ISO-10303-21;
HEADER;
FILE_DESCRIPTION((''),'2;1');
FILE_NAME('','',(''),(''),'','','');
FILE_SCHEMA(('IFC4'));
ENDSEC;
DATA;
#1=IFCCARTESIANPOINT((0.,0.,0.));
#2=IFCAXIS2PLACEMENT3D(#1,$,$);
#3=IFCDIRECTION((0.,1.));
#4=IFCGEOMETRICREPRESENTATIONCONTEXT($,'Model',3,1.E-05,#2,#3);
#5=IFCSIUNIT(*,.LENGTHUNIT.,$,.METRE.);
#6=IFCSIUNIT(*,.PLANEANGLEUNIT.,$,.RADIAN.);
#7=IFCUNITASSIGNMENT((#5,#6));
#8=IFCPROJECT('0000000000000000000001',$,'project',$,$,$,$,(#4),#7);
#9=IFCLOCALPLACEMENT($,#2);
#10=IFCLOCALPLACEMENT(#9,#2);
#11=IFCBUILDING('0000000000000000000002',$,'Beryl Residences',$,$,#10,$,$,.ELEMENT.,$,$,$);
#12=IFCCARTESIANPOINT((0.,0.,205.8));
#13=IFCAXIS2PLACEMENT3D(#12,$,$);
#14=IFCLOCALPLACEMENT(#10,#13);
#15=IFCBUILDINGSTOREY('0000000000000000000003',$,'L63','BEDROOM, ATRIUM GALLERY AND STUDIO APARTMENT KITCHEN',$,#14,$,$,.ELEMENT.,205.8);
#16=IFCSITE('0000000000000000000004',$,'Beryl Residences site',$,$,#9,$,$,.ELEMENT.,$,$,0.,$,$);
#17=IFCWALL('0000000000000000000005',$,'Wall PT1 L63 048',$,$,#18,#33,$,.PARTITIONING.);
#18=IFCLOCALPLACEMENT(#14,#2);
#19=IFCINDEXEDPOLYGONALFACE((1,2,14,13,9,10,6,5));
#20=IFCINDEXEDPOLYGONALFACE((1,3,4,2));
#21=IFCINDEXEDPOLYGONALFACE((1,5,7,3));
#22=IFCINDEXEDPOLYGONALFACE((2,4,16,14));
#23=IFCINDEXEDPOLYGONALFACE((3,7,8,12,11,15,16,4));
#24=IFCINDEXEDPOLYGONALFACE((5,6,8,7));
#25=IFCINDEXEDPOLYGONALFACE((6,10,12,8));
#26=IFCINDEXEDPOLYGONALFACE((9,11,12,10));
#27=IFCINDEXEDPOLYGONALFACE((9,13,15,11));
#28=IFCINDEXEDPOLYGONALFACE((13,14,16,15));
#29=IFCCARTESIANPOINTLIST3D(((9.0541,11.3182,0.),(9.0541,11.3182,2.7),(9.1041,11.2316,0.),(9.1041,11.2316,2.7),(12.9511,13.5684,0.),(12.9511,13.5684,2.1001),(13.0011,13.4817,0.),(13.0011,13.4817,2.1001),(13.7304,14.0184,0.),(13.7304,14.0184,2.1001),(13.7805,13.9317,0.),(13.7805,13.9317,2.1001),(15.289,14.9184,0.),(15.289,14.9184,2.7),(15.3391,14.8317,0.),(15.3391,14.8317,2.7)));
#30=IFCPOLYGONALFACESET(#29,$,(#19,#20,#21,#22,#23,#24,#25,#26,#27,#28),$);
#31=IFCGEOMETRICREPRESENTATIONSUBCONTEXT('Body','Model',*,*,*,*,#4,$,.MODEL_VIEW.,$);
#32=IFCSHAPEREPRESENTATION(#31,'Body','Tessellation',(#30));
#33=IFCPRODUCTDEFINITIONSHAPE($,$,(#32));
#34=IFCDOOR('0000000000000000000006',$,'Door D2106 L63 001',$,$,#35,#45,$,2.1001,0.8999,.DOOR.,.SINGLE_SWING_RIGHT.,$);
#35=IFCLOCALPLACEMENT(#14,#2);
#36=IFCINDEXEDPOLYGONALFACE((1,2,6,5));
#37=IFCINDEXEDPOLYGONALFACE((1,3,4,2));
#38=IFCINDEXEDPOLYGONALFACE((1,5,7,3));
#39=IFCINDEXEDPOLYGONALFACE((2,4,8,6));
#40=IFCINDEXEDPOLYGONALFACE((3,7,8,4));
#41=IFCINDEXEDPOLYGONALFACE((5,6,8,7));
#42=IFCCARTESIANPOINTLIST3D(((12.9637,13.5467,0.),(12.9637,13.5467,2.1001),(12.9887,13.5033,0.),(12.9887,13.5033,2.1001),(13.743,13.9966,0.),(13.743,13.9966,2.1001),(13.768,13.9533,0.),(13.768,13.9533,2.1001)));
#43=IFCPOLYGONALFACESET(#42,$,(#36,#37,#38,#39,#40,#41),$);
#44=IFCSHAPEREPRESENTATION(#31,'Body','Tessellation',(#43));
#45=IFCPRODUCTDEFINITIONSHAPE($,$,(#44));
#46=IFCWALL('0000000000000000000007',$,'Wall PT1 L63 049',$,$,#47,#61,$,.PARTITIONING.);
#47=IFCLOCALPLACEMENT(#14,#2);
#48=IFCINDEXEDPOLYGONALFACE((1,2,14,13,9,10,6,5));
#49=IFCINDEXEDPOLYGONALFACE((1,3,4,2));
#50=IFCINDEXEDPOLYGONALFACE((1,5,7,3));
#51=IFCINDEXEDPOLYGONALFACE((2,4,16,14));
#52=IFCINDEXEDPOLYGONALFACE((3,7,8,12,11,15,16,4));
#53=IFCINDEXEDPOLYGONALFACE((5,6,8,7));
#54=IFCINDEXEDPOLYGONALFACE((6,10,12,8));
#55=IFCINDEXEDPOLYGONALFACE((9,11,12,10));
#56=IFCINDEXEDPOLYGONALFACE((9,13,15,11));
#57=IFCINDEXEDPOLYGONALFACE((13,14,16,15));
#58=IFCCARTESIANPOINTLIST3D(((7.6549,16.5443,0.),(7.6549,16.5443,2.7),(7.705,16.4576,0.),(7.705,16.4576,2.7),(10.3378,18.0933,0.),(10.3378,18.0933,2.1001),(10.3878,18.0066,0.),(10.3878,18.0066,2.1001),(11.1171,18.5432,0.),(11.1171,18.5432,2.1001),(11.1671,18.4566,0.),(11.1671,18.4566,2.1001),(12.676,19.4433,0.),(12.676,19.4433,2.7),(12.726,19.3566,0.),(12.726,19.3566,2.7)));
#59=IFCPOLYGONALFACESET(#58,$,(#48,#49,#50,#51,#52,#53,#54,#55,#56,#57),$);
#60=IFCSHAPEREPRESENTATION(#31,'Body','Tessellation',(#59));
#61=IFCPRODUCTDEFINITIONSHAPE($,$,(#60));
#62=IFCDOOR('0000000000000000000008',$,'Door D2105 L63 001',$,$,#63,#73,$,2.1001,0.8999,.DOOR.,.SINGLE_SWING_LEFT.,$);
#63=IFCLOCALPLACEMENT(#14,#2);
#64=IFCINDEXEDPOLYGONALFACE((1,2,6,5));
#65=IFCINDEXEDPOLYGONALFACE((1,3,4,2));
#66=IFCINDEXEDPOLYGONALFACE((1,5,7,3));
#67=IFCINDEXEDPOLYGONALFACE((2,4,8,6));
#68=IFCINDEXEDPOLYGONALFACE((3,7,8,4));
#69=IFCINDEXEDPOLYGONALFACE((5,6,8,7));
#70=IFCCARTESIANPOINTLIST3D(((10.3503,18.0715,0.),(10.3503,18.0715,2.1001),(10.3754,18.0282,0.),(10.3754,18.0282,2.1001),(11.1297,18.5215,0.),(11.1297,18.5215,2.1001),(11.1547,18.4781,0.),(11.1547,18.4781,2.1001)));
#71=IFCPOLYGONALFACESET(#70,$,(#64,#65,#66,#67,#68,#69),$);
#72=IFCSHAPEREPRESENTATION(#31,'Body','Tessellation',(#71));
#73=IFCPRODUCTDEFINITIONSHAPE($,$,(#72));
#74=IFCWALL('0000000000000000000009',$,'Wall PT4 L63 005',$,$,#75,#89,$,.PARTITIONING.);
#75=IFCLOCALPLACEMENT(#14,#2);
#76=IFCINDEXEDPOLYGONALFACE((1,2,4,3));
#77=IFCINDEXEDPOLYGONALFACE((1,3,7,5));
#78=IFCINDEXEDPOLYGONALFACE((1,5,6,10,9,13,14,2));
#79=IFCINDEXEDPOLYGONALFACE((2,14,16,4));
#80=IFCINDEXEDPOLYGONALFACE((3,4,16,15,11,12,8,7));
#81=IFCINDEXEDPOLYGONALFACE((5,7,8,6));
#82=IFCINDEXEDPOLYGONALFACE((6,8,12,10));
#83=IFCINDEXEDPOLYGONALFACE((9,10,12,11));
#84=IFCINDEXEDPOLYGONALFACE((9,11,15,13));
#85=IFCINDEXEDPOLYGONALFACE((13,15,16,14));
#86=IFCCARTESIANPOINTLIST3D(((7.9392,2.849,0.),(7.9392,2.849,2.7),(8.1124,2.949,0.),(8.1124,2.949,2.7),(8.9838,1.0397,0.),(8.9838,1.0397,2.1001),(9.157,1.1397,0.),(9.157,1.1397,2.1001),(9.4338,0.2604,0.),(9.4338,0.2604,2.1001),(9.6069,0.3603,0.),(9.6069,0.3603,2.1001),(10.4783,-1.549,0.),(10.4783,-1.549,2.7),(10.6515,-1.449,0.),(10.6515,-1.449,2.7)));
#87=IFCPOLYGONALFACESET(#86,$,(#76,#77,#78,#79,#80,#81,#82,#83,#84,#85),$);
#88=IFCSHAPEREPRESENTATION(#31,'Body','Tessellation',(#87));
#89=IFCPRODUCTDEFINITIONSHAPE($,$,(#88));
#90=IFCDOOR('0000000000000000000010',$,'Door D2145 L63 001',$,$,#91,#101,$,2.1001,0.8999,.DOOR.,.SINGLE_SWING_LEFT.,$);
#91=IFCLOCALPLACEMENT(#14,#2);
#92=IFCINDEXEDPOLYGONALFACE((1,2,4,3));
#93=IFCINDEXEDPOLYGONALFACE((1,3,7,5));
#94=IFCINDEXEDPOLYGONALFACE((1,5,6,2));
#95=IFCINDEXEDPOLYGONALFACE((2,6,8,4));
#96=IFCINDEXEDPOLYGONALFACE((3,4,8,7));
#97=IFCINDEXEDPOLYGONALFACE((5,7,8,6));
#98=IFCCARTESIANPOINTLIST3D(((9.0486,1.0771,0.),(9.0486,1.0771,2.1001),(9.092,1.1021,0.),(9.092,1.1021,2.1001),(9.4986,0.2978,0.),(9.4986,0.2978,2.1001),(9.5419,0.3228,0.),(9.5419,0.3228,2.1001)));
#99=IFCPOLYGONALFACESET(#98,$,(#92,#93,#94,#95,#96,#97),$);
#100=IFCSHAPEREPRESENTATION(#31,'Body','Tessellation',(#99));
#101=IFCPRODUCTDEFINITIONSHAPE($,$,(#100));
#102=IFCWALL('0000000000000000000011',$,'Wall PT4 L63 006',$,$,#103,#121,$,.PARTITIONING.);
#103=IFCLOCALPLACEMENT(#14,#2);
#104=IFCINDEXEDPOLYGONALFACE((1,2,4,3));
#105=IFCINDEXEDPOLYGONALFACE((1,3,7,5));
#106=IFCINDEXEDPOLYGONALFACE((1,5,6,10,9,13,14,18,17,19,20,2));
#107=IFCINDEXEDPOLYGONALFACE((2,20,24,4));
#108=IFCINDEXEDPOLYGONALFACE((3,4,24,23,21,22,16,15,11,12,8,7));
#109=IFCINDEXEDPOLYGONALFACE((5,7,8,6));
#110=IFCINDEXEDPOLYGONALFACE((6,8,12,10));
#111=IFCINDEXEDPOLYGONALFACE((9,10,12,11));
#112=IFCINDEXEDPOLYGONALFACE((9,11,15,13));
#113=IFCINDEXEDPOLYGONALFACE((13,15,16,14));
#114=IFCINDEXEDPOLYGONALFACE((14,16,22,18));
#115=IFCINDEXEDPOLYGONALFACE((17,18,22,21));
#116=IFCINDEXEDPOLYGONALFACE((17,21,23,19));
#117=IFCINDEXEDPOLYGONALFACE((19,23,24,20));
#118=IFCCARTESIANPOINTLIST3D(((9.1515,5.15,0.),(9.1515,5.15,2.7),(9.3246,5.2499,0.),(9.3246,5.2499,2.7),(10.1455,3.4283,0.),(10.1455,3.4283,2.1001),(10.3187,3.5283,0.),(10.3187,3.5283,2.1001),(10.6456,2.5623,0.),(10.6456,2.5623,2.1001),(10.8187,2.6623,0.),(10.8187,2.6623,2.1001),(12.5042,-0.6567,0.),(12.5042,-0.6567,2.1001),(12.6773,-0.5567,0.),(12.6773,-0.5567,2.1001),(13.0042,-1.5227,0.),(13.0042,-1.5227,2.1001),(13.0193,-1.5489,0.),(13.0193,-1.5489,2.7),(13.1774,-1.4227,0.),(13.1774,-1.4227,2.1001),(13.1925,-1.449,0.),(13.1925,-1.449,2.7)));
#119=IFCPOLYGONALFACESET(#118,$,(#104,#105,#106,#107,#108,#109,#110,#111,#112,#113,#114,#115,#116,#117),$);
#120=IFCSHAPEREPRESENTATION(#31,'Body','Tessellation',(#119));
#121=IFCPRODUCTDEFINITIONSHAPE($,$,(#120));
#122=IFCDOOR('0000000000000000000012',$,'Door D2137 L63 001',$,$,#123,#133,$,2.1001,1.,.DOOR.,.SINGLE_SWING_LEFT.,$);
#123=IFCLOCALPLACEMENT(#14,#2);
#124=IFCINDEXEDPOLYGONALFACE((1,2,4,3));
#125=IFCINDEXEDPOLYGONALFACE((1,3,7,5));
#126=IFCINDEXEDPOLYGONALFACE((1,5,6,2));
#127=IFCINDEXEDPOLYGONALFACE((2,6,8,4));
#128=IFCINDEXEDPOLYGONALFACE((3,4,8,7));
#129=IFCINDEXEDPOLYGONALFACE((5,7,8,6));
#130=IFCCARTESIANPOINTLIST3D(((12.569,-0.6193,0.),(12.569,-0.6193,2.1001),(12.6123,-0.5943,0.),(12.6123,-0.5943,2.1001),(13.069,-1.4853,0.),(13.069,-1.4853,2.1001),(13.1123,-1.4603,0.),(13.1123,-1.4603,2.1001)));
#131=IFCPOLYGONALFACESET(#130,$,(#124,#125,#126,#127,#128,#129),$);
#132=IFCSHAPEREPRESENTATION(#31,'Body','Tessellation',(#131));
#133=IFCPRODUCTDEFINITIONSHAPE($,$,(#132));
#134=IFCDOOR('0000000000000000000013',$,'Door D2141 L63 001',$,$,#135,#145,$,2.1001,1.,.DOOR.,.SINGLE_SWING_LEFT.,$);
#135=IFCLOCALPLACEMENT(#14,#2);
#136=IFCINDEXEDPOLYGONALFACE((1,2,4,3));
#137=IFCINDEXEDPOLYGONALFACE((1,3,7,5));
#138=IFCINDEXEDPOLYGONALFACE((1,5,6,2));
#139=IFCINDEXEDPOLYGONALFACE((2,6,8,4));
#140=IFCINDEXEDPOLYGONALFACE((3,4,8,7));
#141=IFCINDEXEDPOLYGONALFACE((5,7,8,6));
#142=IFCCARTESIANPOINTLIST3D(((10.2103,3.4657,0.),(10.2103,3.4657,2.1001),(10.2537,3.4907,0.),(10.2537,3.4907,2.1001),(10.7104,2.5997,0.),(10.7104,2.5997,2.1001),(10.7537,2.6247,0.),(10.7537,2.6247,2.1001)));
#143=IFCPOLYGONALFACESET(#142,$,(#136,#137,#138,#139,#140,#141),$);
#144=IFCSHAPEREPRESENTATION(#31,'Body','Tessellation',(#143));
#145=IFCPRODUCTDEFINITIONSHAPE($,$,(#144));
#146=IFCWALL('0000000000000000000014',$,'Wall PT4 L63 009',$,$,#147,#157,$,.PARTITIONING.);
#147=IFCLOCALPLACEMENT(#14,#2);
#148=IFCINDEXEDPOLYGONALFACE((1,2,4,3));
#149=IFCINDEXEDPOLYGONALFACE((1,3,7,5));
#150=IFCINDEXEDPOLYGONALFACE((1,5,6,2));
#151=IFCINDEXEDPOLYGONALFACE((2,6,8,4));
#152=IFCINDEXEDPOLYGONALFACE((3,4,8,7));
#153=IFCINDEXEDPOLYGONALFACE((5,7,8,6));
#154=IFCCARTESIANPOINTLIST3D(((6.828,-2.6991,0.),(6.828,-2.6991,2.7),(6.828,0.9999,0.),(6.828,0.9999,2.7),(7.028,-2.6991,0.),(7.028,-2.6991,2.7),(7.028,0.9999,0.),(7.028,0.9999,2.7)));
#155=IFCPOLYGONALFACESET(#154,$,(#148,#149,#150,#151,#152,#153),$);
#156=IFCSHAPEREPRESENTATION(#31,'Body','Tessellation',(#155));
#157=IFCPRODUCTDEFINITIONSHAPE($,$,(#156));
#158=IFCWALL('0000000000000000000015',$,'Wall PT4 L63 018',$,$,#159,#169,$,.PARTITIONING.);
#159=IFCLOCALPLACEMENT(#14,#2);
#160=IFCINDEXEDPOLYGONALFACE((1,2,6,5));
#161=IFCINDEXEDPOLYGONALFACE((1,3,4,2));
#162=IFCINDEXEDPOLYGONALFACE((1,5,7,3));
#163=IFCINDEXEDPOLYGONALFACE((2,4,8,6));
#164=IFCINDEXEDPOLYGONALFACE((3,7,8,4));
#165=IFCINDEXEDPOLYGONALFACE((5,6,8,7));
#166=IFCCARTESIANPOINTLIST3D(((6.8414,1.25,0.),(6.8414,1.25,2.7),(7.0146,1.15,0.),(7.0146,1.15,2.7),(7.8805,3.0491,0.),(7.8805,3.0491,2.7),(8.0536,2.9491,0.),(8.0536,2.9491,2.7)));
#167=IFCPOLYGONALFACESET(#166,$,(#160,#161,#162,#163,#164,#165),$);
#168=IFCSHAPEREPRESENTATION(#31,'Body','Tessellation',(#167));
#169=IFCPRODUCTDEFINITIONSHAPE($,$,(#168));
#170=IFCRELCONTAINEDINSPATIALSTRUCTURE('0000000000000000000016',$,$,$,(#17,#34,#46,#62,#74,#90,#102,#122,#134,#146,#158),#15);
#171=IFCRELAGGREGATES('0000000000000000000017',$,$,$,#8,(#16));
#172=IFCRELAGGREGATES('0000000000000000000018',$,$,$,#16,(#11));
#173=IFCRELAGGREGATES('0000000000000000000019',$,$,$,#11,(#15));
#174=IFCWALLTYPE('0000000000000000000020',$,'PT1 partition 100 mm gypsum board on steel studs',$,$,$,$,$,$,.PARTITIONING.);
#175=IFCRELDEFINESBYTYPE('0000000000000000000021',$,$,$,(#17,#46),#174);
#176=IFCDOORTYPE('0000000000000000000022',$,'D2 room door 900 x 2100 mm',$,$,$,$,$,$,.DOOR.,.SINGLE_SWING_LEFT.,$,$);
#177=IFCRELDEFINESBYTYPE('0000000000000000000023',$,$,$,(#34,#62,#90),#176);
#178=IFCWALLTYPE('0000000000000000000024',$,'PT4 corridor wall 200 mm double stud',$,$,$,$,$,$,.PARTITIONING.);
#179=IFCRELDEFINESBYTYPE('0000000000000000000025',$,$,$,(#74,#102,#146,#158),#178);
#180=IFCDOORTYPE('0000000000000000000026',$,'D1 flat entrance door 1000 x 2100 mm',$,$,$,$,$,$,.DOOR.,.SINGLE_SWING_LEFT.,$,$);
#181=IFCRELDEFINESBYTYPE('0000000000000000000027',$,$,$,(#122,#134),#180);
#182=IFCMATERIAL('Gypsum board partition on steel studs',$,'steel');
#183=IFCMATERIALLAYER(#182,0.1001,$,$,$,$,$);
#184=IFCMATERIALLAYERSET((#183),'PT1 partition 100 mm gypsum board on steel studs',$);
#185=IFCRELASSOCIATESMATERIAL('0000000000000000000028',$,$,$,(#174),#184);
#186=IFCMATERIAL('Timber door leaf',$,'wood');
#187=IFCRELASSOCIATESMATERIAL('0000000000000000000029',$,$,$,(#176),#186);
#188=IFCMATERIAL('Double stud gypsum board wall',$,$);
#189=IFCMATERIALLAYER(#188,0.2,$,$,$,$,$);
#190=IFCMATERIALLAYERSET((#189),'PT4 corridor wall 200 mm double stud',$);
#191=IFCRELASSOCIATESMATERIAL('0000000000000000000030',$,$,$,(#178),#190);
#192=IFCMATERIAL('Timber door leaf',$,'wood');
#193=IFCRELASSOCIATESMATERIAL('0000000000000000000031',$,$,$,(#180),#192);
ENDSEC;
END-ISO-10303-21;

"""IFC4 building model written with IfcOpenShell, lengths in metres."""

from ifc_helpers import new_model, si_unit, direction, frame, frame_2d, origin, place, context, subcontext, project, spatial, rectangle, extrude, material, layer, layer_set, type_object, element, fill, save


model = new_model("IFC4")

# Units and contexts
model_context = context("Model", 3, precision=1e-05, world=origin(), true_north=direction((0.0, 1.0)))
body_context = subcontext(model_context, "Body", "Model", "MODEL_VIEW")
ifc_project = project(units=[si_unit("LENGTHUNIT", "METRE"), si_unit("PLANEANGLEUNIT", "RADIAN")], contexts=[model_context])

# Site, building, storey
site_placement = place(None, origin())
site = spatial("IfcSite", under=ifc_project, at=site_placement, Name="Beryl Residences site", CompositionType="ELEMENT", RefElevation=0.0)
building_placement = place(site_placement, origin())
building = spatial("IfcBuilding", under=site, at=building_placement, Name="Beryl Residences", CompositionType="ELEMENT")
storey_placement = place(building_placement, frame((0.0, 0.0, 205.8)))
storey = spatial("IfcBuildingStorey", under=building, at=storey_placement, Name="L63", Description="BEDROOM, ATRIUM GALLERY AND STUDIO APARTMENT KITCHEN", CompositionType="ELEMENT", Elevation=205.8)

# Shared definitions
ifc_material_1 = material(Name="Gypsum board partition on steel studs", Category="steel")
ifc_layer_1 = layer(ifc_material_1, 0.1001)
ifc_layer_set_1 = layer_set([ifc_layer_1], Name="PT1 partition 100 mm gypsum board on steel studs")
wall_type_1 = type_object("IfcWallType", Name="PT1 partition 100 mm gypsum board on steel studs", PredefinedType="PARTITIONING", material=ifc_layer_set_1)

# Walls, openings, doors
ifc_material_2 = material(Name="Timber door leaf", Category="wood")
door_type_1 = type_object("IfcDoorType", Name="D2 room door 900 x 2100 mm", OperationType="SINGLE_SWING_LEFT", PredefinedType="DOOR", material=ifc_material_2)
wall_1_placement = place(storey_placement, frame((9.0791, 11.2749, 0.0), z_axis=(0.0, 0.0, 1.0), x_axis=(0.866001, 0.500041, 0.0)))
wall_1 = element("IfcWall", 1, at=wall_1_placement, inside=storey, type_object=wall_type_1, Name="Wall PT1 L63 048", PredefinedType="PARTITIONING", context=body_context, shape_type="SweptSolid", body=[
    extrude(rectangle(XDim=7.1997, YDim=0.1001, at=frame_2d((3.5999, 0.0))), origin(), (0.0, 0.0, 1.0), 2.7),
])
opening_1_placement = place(wall_1_placement, frame((4.5, 0.0, 0.0)))
opening_1 = element("IfcOpeningElement", 2, at=opening_1_placement, cuts=wall_1, PredefinedType="OPENING", context=body_context, shape_type="SweptSolid", body=[
    extrude(rectangle(XDim=0.8999, YDim=2.1001, at=frame_2d((0.45, 1.05))), frame((0.0, 0.0601, 0.0), z_axis=(0.0, -1.0, 0.0), x_axis=(1.0, 0.0, 0.0)), (0.0, 0.0, 1.0), 0.1201),
])
door_1_placement = place(opening_1_placement, origin())
door_1 = element("IfcDoor", 3, at=door_1_placement, inside=storey, type_object=door_type_1, Name="Door D2106 L63 001", OperationType="SINGLE_SWING_RIGHT", OverallHeight=2.1001, OverallWidth=0.8999, PredefinedType="DOOR", context=body_context, shape_type="SweptSolid", body=[
    extrude(rectangle(XDim=0.8999, YDim=2.1001, at=frame_2d((0.45, 1.05))), frame((0.0, 0.0249, 0.0), z_axis=(0.0, -1.0, 0.0), x_axis=(1.0, 0.0, 0.0)), (0.0, 0.0, 1.0), 0.05),
])
fill(opening_1, door_1)
wall_2_placement = place(storey_placement, frame((7.6799, 16.501, 0.0), z_axis=(0.0, 0.0, 1.0), x_axis=(0.866021, 0.500007, 0.0)))
wall_2 = element("IfcWall", 4, at=wall_2_placement, inside=storey, type_object=wall_type_1, Name="Wall PT1 L63 049", PredefinedType="PARTITIONING", context=body_context, shape_type="SweptSolid", body=[
    extrude(rectangle(XDim=5.7979, YDim=0.1001, at=frame_2d((2.8989, 0.0))), origin(), (0.0, 0.0, 1.0), 2.7),
])
opening_2_placement = place(wall_2_placement, frame((3.0979, 0.0, 0.0)))
opening_2 = element("IfcOpeningElement", 5, at=opening_2_placement, cuts=wall_2, PredefinedType="OPENING", context=body_context, shape_type="SweptSolid", body=[
    extrude(rectangle(XDim=0.8999, YDim=2.1001, at=frame_2d((0.45, 1.05))), frame((0.0, 0.0601, 0.0), z_axis=(0.0, -1.0, 0.0), x_axis=(1.0, 0.0, 0.0)), (0.0, 0.0, 1.0), 0.1201),
])
door_2_placement = place(opening_2_placement, origin())
door_2 = element("IfcDoor", 6, at=door_2_placement, inside=storey, type_object=door_type_1, Name="Door D2105 L63 001", OperationType="SINGLE_SWING_LEFT", OverallHeight=2.1001, OverallWidth=0.8999, PredefinedType="DOOR", context=body_context, shape_type="SweptSolid", body=[
    extrude(rectangle(XDim=0.8999, YDim=2.1001, at=frame_2d((0.45, 1.05))), frame((0.0, 0.0249, 0.0), z_axis=(0.0, -1.0, 0.0), x_axis=(1.0, 0.0, 0.0)), (0.0, 0.0, 1.0), 0.05),
])
fill(opening_2, door_2)
ifc_material_3 = material(Name="Double stud gypsum board wall")
ifc_layer_2 = layer(ifc_material_3, 0.2)
ifc_layer_set_2 = layer_set([ifc_layer_2], Name="PT4 corridor wall 200 mm double stud")
wall_type_2 = type_object("IfcWallType", Name="PT4 corridor wall 200 mm double stud", PredefinedType="PARTITIONING", material=ifc_layer_set_2)
wall_3_placement = place(storey_placement, frame((8.0259, 2.8989, 0.0), z_axis=(0.0, 0.0, 1.0), x_axis=(0.499986, -0.866033, 0.0)))
wall_3 = element("IfcWall", 7, at=wall_3_placement, inside=storey, type_object=wall_type_2, Name="Wall PT4 L63 005", PredefinedType="PARTITIONING", context=body_context, shape_type="SweptSolid", body=[
    extrude(rectangle(XDim=5.0784, YDim=0.2, at=frame_2d((2.5391, 0.0))), origin(), (0.0, 0.0, 1.0), 2.7),
])
opening_3_placement = place(wall_3_placement, frame((2.0891, 0.0, 0.0)))
opening_3 = element("IfcOpeningElement", 8, at=opening_3_placement, cuts=wall_3, PredefinedType="OPENING", context=body_context, shape_type="SweptSolid", body=[
    extrude(rectangle(XDim=0.8999, YDim=2.1001, at=frame_2d((0.45, 1.05))), frame((0.0, 0.1099, 0.0), z_axis=(0.0, -1.0, 0.0), x_axis=(1.0, 0.0, 0.0)), (0.0, 0.0, 1.0), 0.22),
])
door_3_placement = place(opening_3_placement, origin())
door_3 = element("IfcDoor", 9, at=door_3_placement, inside=storey, type_object=door_type_1, Name="Door D2145 L63 001", OperationType="SINGLE_SWING_LEFT", OverallHeight=2.1001, OverallWidth=0.8999, PredefinedType="DOOR", context=body_context, shape_type="SweptSolid", body=[
    extrude(rectangle(XDim=0.8999, YDim=2.1001, at=frame_2d((0.45, 1.05))), frame((0.0, 0.0249, 0.0), z_axis=(0.0, -1.0, 0.0), x_axis=(1.0, 0.0, 0.0)), (0.0, 0.0, 1.0), 0.05),
])
fill(opening_3, door_3)

# Wall, openings, doors
wall_4_placement = place(storey_placement, frame((9.238, 5.2, 0.0), z_axis=(0.0, 0.0, 1.0), x_axis=(0.500026, -0.866011, 0.0)))
wall_4 = element("IfcWall", 10, at=wall_4_placement, inside=storey, type_object=wall_type_2, Name="Wall PT4 L63 006", PredefinedType="PARTITIONING", context=body_context, shape_type="SweptSolid", body=[
    extrude(rectangle(XDim=7.7354, YDim=0.2, at=frame_2d((3.8677, 0.0))), origin(), (0.0, 0.0, 1.0), 2.7),
])
opening_4_placement = place(wall_4_placement, frame((6.7051, 0.0, 0.0)))
opening_4 = element("IfcOpeningElement", 11, at=opening_4_placement, cuts=wall_4, PredefinedType="OPENING", context=body_context, shape_type="SweptSolid", body=[
    extrude(rectangle(XDim=1.0, YDim=2.1001, at=frame_2d((0.5, 1.05))), frame((0.0, 0.1099, 0.0), z_axis=(0.0, -1.0, 0.0), x_axis=(1.0, 0.0, 0.0)), (0.0, 0.0, 1.0), 0.22),
])
opening_5_placement = place(wall_4_placement, frame((1.988, 0.0, 0.0)))
opening_5 = element("IfcOpeningElement", 12, at=opening_5_placement, cuts=wall_4, PredefinedType="OPENING", context=body_context, shape_type="SweptSolid", body=[
    extrude(rectangle(XDim=1.0, YDim=2.1001, at=frame_2d((0.5, 1.05))), frame((0.0, 0.1099, 0.0), z_axis=(0.0, -1.0, 0.0), x_axis=(1.0, 0.0, 0.0)), (0.0, 0.0, 1.0), 0.22),
])
ifc_material_4 = material(Name="Timber door leaf", Category="wood")
door_type_2 = type_object("IfcDoorType", Name="D1 flat entrance door 1000 x 2100 mm", OperationType="SINGLE_SWING_LEFT", PredefinedType="DOOR", material=ifc_material_4)
door_4_placement = place(opening_4_placement, origin())
door_4 = element("IfcDoor", 13, at=door_4_placement, inside=storey, type_object=door_type_2, Name="Door D2137 L63 001", OperationType="SINGLE_SWING_LEFT", OverallHeight=2.1001, OverallWidth=1.0, PredefinedType="DOOR", context=body_context, shape_type="SweptSolid", body=[
    extrude(rectangle(XDim=1.0, YDim=2.1001, at=frame_2d((0.5, 1.05))), frame((0.0, 0.0249, 0.0), z_axis=(0.0, -1.0, 0.0), x_axis=(1.0, 0.0, 0.0)), (0.0, 0.0, 1.0), 0.05),
])
fill(opening_4, door_4)
door_5_placement = place(opening_5_placement, origin())
door_5 = element("IfcDoor", 14, at=door_5_placement, inside=storey, type_object=door_type_2, Name="Door D2141 L63 001", OperationType="SINGLE_SWING_LEFT", OverallHeight=2.1001, OverallWidth=1.0, PredefinedType="DOOR", context=body_context, shape_type="SweptSolid", body=[
    extrude(rectangle(XDim=1.0, YDim=2.1001, at=frame_2d((0.5, 1.05))), frame((0.0, 0.0249, 0.0), z_axis=(0.0, -1.0, 0.0), x_axis=(1.0, 0.0, 0.0)), (0.0, 0.0, 1.0), 0.05),
])
fill(opening_5, door_5)

# Walls
wall_5_placement = place(storey_placement, frame((6.928, 1.0, 0.0), z_axis=(0.0, 0.0, 1.0), x_axis=(0.0, -1.0, 0.0)))
element("IfcWall", 15, at=wall_5_placement, inside=storey, type_object=wall_type_2, Name="Wall PT4 L63 009", PredefinedType="PARTITIONING", context=body_context, shape_type="SweptSolid", body=[
    extrude(rectangle(XDim=3.699, YDim=0.2, at=frame_2d((1.8496, 0.0))), origin(), (0.0, 0.0, 1.0), 2.7),
])
wall_6_placement = place(storey_placement, frame((6.928, 1.2, 0.0), z_axis=(0.0, 0.0, 1.0), x_axis=(0.500133, 0.865949, 0.0)))
element("IfcWall", 16, at=wall_6_placement, inside=storey, type_object=wall_type_2, Name="Wall PT4 L63 018", PredefinedType="PARTITIONING", context=body_context, shape_type="SweptSolid", body=[
    extrude(rectangle(XDim=2.0776, YDim=0.2, at=frame_2d((1.0388, 0.0))), origin(), (0.0, 0.0, 1.0), 2.7),
])

save(model, "model.ifc")
